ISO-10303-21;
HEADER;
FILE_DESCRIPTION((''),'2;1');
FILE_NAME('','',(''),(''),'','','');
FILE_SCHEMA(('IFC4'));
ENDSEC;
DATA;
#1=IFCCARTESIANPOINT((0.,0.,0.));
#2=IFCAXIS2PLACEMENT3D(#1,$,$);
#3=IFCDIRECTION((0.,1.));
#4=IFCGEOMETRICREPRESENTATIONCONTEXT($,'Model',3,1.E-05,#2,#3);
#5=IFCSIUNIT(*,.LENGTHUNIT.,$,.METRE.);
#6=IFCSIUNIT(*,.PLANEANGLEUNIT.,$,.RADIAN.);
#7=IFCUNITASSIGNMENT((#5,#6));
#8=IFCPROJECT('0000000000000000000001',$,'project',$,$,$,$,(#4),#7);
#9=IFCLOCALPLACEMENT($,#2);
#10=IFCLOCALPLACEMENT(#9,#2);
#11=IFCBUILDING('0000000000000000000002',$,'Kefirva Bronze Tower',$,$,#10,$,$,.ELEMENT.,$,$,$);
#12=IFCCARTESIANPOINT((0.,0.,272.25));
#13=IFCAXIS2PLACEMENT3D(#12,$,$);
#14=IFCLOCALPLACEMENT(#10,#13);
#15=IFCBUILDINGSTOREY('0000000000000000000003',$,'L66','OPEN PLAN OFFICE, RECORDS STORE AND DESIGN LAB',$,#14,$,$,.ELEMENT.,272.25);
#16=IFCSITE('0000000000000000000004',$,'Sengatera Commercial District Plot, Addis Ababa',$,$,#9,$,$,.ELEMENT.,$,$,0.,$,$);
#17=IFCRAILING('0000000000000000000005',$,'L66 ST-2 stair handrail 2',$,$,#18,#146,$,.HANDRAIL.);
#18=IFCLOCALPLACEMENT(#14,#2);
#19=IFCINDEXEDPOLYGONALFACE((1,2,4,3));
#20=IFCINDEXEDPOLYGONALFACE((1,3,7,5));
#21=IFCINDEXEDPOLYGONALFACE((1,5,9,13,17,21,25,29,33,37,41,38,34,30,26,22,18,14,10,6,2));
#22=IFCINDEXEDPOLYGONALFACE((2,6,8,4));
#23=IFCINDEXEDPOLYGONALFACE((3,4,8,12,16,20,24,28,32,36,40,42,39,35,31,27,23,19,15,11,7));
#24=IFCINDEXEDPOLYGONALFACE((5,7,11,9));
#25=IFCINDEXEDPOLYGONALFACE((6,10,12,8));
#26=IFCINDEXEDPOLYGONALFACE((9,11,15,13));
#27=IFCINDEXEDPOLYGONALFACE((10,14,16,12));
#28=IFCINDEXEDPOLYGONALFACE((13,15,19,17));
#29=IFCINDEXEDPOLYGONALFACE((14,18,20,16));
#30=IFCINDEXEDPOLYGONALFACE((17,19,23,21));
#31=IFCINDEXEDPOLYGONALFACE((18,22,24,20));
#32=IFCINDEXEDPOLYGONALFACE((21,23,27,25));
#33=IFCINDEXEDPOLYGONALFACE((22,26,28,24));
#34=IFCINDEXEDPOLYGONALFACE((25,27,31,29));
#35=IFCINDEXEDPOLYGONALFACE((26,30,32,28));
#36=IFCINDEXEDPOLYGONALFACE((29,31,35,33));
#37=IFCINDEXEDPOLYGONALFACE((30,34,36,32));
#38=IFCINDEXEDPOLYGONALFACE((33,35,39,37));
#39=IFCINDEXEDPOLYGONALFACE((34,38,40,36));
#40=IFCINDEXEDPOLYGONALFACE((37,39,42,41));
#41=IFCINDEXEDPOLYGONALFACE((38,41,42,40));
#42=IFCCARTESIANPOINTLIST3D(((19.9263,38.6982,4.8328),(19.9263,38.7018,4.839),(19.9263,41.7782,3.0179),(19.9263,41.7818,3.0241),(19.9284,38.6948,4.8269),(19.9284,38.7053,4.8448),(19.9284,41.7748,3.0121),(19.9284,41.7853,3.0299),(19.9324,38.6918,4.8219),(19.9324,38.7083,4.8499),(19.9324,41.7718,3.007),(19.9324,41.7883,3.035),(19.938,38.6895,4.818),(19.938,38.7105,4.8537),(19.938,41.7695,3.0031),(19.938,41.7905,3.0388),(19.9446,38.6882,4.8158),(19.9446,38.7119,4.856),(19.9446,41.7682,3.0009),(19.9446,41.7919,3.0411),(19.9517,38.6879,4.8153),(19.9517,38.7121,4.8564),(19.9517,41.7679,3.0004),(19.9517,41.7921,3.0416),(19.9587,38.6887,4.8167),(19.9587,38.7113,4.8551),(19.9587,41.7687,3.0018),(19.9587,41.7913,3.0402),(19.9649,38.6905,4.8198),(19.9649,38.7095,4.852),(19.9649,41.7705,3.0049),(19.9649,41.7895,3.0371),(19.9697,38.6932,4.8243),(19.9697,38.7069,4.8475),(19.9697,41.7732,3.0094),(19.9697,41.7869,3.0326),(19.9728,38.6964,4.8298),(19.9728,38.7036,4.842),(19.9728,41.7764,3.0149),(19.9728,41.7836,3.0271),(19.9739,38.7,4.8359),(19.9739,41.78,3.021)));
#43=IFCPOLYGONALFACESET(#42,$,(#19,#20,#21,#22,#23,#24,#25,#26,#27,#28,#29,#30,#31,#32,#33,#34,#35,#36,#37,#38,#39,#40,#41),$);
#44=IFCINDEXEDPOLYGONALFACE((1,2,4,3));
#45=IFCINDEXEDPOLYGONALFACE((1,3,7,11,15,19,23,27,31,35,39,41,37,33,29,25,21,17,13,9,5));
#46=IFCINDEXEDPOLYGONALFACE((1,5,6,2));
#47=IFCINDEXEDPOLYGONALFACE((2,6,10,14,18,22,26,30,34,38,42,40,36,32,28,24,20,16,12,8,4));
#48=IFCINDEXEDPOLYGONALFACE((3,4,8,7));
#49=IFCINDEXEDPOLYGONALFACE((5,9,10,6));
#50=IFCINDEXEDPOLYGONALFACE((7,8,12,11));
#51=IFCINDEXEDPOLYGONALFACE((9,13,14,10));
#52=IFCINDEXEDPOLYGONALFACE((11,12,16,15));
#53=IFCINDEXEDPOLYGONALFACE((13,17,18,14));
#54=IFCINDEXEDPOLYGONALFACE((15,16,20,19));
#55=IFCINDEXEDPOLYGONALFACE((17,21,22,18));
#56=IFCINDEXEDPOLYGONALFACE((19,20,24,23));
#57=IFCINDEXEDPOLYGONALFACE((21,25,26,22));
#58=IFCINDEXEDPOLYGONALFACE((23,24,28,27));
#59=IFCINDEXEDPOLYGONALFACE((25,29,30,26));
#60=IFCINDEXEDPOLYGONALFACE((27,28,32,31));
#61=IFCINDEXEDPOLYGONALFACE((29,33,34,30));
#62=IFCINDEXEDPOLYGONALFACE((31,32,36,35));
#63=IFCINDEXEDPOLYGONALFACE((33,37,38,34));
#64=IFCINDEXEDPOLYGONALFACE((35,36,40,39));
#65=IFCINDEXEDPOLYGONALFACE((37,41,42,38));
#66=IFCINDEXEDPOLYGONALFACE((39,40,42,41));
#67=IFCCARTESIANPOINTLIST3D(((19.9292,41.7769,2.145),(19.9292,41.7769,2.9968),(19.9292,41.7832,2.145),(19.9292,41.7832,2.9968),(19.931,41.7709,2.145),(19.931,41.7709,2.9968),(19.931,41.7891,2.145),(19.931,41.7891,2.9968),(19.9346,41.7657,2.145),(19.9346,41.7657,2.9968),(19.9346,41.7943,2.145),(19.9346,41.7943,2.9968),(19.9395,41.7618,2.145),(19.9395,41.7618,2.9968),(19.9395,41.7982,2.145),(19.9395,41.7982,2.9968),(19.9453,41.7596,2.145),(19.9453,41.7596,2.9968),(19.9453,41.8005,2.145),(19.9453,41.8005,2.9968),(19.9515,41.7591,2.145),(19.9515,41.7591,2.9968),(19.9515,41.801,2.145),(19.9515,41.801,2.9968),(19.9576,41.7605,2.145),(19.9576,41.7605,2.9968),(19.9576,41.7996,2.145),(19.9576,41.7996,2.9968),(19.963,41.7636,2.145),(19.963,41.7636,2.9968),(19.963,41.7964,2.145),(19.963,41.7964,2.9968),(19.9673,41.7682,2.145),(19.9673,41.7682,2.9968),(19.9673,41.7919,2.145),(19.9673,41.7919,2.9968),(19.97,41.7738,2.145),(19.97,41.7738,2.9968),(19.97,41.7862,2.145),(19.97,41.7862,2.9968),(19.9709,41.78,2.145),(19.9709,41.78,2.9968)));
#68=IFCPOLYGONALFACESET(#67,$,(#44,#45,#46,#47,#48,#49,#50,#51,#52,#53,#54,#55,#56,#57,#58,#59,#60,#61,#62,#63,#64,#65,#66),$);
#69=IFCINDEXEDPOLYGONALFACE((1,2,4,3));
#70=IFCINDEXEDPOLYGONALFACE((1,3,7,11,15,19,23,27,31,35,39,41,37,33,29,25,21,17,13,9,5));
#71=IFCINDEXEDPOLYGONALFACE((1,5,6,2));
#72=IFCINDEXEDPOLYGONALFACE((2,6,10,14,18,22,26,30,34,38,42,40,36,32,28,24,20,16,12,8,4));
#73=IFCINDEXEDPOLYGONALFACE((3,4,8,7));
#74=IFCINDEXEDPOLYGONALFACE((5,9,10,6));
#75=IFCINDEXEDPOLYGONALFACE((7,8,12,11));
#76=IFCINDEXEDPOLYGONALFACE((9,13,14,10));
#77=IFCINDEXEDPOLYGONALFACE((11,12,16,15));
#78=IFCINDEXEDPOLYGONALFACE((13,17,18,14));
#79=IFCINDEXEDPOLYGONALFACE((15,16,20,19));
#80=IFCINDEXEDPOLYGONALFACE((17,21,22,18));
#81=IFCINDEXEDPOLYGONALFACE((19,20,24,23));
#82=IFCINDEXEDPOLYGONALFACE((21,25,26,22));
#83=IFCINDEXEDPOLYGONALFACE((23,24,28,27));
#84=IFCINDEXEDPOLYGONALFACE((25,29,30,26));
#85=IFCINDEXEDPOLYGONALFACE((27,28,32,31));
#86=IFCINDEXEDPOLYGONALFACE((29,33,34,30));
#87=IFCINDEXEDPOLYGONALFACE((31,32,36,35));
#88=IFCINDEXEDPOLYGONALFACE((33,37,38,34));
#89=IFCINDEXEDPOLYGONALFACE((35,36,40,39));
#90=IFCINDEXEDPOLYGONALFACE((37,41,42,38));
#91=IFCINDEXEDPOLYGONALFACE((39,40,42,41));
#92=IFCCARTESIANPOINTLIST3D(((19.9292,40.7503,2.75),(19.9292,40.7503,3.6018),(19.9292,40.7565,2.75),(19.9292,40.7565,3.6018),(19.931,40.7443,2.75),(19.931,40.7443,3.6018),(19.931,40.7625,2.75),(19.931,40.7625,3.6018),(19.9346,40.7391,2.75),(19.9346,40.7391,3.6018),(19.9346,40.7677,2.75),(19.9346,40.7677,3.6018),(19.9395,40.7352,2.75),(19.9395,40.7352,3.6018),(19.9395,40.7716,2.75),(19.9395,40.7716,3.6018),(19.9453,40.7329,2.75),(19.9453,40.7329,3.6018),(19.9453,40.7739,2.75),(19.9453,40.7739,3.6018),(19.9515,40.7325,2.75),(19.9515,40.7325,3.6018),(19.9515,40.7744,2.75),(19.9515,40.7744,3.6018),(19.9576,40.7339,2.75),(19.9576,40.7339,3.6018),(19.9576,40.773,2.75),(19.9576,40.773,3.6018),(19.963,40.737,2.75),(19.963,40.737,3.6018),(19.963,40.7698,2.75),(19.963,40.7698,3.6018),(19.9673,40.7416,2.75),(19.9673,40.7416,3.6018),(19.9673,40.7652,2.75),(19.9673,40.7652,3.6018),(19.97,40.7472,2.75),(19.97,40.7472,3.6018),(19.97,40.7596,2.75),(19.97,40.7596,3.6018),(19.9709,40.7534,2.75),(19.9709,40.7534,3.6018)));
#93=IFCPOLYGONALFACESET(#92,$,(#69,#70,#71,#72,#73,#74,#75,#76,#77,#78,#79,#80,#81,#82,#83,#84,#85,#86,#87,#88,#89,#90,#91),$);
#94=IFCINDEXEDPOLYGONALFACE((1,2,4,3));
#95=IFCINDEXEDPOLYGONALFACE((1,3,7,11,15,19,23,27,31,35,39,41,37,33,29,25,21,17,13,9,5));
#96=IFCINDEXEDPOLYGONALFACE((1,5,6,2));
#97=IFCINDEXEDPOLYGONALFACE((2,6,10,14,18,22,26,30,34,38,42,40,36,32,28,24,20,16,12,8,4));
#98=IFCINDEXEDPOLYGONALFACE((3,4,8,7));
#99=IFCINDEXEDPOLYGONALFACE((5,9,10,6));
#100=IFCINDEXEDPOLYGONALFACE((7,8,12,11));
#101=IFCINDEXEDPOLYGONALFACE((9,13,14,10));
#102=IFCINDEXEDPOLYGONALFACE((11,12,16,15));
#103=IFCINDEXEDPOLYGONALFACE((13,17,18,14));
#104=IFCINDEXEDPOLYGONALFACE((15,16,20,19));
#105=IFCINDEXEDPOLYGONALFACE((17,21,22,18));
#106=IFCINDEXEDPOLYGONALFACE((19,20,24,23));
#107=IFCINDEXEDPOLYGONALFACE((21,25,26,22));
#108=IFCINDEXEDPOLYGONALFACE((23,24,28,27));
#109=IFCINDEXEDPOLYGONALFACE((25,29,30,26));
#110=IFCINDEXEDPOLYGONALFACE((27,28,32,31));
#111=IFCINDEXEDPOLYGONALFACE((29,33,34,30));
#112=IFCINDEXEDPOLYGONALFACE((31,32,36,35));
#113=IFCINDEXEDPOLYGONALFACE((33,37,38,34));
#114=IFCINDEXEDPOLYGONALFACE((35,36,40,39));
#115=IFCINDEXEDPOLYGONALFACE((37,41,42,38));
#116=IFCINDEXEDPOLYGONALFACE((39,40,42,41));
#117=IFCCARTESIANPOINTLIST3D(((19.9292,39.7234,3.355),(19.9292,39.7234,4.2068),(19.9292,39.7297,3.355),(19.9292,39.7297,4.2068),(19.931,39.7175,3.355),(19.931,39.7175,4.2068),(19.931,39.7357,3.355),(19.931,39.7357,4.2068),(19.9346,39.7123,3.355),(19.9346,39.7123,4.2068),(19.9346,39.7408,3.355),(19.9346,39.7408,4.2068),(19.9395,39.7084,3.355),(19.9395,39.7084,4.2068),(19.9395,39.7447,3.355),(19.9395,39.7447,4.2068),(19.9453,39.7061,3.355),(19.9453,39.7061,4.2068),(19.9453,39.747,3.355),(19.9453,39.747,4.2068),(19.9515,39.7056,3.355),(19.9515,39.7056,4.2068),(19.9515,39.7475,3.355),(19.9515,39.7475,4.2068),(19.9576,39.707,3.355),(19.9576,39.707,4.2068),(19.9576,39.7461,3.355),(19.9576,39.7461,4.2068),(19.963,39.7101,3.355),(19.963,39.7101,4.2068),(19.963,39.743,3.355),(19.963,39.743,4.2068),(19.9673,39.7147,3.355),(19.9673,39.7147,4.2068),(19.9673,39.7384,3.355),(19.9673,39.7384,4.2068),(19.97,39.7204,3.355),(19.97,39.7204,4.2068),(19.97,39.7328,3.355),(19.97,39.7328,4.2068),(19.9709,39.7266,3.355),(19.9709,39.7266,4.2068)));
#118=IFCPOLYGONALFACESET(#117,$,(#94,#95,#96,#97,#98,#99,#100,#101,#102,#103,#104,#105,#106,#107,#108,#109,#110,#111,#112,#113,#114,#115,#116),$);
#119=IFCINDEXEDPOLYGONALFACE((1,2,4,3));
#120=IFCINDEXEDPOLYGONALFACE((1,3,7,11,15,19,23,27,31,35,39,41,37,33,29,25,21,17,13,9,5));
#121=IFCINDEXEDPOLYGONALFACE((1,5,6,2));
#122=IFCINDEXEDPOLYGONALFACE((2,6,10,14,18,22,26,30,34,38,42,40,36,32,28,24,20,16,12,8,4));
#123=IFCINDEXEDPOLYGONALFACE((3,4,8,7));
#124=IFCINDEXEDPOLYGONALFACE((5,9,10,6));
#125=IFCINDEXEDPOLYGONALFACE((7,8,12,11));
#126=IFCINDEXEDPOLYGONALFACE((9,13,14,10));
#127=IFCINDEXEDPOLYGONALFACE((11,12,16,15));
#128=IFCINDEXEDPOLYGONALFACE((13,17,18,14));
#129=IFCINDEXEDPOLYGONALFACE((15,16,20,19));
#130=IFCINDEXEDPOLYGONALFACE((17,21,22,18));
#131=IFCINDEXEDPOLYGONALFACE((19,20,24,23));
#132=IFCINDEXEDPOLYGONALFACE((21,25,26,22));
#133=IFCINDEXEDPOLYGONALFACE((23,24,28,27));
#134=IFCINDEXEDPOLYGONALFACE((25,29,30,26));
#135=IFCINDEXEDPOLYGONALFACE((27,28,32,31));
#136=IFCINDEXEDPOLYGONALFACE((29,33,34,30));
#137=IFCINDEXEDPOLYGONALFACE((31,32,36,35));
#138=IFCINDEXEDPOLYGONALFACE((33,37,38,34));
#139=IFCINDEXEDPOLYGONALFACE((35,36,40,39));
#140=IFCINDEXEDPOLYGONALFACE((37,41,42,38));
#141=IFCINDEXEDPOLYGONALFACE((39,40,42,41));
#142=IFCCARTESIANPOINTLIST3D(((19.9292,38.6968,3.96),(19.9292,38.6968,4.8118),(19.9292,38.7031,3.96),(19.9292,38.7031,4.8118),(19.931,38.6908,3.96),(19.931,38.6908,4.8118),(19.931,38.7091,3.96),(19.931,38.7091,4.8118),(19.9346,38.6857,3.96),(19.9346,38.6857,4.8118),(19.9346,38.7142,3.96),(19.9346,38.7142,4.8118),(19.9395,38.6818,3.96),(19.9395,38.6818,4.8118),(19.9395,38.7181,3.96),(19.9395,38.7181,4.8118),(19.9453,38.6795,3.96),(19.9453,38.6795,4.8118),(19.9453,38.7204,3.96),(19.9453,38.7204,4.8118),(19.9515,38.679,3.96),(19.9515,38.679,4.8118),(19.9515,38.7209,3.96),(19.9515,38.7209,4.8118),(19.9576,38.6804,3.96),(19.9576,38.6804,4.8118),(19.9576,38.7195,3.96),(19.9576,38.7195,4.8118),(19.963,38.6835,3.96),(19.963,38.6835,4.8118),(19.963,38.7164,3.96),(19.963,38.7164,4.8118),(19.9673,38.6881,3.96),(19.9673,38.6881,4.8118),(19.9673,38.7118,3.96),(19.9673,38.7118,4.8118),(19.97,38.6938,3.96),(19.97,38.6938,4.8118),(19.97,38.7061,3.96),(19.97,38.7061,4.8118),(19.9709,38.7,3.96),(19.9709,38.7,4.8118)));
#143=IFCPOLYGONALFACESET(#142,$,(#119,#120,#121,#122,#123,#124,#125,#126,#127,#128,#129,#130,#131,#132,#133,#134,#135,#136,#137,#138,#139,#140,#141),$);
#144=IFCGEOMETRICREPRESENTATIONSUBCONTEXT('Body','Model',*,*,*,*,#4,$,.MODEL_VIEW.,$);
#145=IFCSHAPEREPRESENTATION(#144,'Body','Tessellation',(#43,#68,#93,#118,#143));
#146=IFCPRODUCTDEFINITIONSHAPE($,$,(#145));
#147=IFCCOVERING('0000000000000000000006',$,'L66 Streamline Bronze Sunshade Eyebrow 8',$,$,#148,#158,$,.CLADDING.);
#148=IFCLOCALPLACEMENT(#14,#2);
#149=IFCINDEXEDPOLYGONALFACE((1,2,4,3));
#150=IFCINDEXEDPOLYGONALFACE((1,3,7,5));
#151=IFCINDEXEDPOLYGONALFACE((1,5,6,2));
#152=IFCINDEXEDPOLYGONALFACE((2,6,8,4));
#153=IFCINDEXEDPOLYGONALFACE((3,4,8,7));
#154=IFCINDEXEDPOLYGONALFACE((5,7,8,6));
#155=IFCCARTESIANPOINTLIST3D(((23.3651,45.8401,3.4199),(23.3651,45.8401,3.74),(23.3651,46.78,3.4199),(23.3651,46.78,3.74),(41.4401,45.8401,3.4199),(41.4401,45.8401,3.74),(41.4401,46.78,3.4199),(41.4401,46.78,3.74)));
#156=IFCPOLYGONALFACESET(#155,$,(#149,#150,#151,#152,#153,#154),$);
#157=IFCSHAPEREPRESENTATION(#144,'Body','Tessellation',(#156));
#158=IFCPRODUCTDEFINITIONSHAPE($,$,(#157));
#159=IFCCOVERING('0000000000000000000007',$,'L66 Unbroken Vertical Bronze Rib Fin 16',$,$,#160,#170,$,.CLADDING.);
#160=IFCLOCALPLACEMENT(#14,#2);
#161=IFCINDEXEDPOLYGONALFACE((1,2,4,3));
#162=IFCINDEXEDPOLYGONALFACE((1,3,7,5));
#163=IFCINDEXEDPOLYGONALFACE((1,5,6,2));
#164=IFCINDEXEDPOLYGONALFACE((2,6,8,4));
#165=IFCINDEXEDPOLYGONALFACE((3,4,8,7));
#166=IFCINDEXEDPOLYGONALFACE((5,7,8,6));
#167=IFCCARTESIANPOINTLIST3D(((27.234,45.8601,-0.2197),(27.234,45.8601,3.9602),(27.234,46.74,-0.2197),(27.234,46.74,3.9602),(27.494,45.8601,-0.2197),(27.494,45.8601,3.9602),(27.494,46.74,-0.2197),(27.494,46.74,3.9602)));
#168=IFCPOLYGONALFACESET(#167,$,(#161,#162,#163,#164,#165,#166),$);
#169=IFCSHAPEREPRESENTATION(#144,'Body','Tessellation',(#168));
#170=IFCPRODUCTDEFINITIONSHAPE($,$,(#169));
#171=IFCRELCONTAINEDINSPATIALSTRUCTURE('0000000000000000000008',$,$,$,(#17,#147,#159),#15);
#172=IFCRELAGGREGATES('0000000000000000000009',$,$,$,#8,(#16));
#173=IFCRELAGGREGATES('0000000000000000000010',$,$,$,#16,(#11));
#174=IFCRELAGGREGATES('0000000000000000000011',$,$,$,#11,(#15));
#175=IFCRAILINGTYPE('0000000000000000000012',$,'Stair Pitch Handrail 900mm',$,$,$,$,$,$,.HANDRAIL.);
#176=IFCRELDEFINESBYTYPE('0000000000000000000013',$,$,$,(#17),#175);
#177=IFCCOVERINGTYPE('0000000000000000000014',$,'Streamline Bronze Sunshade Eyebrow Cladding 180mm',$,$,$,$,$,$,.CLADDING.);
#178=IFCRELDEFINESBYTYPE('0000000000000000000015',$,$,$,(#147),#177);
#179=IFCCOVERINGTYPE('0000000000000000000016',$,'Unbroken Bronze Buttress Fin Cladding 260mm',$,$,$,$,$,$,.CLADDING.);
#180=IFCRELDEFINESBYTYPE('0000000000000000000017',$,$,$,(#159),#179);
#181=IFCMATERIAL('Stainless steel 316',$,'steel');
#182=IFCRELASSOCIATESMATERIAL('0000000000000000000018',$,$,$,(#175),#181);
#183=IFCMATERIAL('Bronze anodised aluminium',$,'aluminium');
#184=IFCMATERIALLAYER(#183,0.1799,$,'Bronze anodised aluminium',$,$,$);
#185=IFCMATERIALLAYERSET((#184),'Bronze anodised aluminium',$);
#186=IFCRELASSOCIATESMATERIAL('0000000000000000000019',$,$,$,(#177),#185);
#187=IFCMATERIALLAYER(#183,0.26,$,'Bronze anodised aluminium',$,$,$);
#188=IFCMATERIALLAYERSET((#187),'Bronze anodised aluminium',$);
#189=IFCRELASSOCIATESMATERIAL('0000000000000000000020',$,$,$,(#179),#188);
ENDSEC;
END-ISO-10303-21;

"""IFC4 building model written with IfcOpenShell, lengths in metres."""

from ifc_helpers import new_model, si_unit, direction, frame, origin, origin_2d, place, context, subcontext, project, spatial, rectangle, circle, extrude, material, layer, layer_set, type_object, element, save


model = new_model("IFC4")

# Units and contexts
model_context = context("Model", 3, precision=1e-05, world=origin(), true_north=direction((0.0, 1.0)))
body_context = subcontext(model_context, "Body", "Model", "MODEL_VIEW")
ifc_project = project(units=[si_unit("LENGTHUNIT", "METRE"), si_unit("PLANEANGLEUNIT", "RADIAN")], contexts=[model_context])

# Site, building, storey
site_placement = place(None, origin())
site = spatial("IfcSite", under=ifc_project, at=site_placement, Name="Sengatera Commercial District Plot, Addis Ababa", CompositionType="ELEMENT", RefElevation=0.0)
building_placement = place(site_placement, origin())
building = spatial("IfcBuilding", under=site, at=building_placement, Name="Kefirva Bronze Tower", CompositionType="ELEMENT")
storey_placement = place(building_placement, frame((0.0, 0.0, 272.25)))
storey = spatial("IfcBuildingStorey", under=building, at=storey_placement, Name="L66", Description="OPEN PLAN OFFICE, RECORDS STORE AND DESIGN LAB", CompositionType="ELEMENT", Elevation=272.25)

# Shared definitions
ifc_material_1 = material(Name="Bronze anodised aluminium", Category="aluminium")

# Railing
ifc_material_2 = material(Name="Stainless steel 316", Category="steel")
railing_type_1 = type_object("IfcRailingType", Name="Stair Pitch Handrail 900mm", PredefinedType="HANDRAIL", material=ifc_material_2)
railing_1_placement = place(storey_placement, frame((19.95, 41.78, 2.145)))
element("IfcRailing", 1, at=railing_1_placement, inside=storey, type_object=railing_type_1, Name="L66 ST-2 stair handrail 2", PredefinedType="HANDRAIL", context=body_context, shape_type="SweptSolid", body=[
    extrude(circle(Radius=0.0239, at=origin_2d()), frame((0.0, 0.0, 0.876), z_axis=(0.0, -0.861551, 0.507671), x_axis=(1.0, 0.0, 0.0)), (0.0, 0.0, 1.0), 3.575),
    extrude(circle(Radius=0.021, at=origin_2d()), origin(), (0.0, 0.0, 1.0), 0.8518),
    extrude(circle(Radius=0.021, at=origin_2d()), frame((0.0, -1.0266, 0.605)), (0.0, 0.0, 1.0), 0.8518),
    extrude(circle(Radius=0.021, at=origin_2d()), frame((0.0, -2.0535, 1.21)), (0.0, 0.0, 1.0), 0.8518),
    extrude(circle(Radius=0.021, at=origin_2d()), frame((0.0, -3.0801, 1.8149)), (0.0, 0.0, 1.0), 0.8518),
])

# Coverings
ifc_layer_1 = layer(ifc_material_1, 0.1799, Name="Bronze anodised aluminium")
ifc_layer_set_1 = layer_set([ifc_layer_1], Name="Bronze anodised aluminium")
covering_type_1 = type_object("IfcCoveringType", Name="Streamline Bronze Sunshade Eyebrow Cladding 180mm", PredefinedType="CLADDING", material=ifc_layer_set_1)
covering_1_placement = place(storey_placement, frame((32.4026, 46.3101, 3.4199), z_axis=(0.0, 0.0, 1.0), x_axis=(-1.0, 0.0, 0.0)))
element("IfcCovering", 2, at=covering_1_placement, inside=storey, type_object=covering_type_1, Name="L66 Streamline Bronze Sunshade Eyebrow 8", PredefinedType="CLADDING", context=body_context, shape_type="SweptSolid", body=[
    extrude(rectangle(XDim=18.075, YDim=0.9399, at=origin_2d()), origin(), (0.0, 0.0, 1.0), 0.3201),
])
ifc_layer_2 = layer(ifc_material_1, 0.26, Name="Bronze anodised aluminium")
ifc_layer_set_2 = layer_set([ifc_layer_2], Name="Bronze anodised aluminium")
covering_type_2 = type_object("IfcCoveringType", Name="Unbroken Bronze Buttress Fin Cladding 260mm", PredefinedType="CLADDING", material=ifc_layer_set_2)
covering_2_placement = place(storey_placement, frame((27.364, 46.3, -0.2197), z_axis=(0.0, 0.0, 1.0), x_axis=(-1.0, 0.0, 0.0)))
element("IfcCovering", 3, at=covering_2_placement, inside=storey, type_object=covering_type_2, Name="L66 Unbroken Vertical Bronze Rib Fin 16", PredefinedType="CLADDING", context=body_context, shape_type="SweptSolid", body=[
    extrude(rectangle(XDim=0.26, YDim=0.8799, at=origin_2d()), origin(), (0.0, 0.0, 1.0), 4.1799),
])

save(model, "model.ifc")
